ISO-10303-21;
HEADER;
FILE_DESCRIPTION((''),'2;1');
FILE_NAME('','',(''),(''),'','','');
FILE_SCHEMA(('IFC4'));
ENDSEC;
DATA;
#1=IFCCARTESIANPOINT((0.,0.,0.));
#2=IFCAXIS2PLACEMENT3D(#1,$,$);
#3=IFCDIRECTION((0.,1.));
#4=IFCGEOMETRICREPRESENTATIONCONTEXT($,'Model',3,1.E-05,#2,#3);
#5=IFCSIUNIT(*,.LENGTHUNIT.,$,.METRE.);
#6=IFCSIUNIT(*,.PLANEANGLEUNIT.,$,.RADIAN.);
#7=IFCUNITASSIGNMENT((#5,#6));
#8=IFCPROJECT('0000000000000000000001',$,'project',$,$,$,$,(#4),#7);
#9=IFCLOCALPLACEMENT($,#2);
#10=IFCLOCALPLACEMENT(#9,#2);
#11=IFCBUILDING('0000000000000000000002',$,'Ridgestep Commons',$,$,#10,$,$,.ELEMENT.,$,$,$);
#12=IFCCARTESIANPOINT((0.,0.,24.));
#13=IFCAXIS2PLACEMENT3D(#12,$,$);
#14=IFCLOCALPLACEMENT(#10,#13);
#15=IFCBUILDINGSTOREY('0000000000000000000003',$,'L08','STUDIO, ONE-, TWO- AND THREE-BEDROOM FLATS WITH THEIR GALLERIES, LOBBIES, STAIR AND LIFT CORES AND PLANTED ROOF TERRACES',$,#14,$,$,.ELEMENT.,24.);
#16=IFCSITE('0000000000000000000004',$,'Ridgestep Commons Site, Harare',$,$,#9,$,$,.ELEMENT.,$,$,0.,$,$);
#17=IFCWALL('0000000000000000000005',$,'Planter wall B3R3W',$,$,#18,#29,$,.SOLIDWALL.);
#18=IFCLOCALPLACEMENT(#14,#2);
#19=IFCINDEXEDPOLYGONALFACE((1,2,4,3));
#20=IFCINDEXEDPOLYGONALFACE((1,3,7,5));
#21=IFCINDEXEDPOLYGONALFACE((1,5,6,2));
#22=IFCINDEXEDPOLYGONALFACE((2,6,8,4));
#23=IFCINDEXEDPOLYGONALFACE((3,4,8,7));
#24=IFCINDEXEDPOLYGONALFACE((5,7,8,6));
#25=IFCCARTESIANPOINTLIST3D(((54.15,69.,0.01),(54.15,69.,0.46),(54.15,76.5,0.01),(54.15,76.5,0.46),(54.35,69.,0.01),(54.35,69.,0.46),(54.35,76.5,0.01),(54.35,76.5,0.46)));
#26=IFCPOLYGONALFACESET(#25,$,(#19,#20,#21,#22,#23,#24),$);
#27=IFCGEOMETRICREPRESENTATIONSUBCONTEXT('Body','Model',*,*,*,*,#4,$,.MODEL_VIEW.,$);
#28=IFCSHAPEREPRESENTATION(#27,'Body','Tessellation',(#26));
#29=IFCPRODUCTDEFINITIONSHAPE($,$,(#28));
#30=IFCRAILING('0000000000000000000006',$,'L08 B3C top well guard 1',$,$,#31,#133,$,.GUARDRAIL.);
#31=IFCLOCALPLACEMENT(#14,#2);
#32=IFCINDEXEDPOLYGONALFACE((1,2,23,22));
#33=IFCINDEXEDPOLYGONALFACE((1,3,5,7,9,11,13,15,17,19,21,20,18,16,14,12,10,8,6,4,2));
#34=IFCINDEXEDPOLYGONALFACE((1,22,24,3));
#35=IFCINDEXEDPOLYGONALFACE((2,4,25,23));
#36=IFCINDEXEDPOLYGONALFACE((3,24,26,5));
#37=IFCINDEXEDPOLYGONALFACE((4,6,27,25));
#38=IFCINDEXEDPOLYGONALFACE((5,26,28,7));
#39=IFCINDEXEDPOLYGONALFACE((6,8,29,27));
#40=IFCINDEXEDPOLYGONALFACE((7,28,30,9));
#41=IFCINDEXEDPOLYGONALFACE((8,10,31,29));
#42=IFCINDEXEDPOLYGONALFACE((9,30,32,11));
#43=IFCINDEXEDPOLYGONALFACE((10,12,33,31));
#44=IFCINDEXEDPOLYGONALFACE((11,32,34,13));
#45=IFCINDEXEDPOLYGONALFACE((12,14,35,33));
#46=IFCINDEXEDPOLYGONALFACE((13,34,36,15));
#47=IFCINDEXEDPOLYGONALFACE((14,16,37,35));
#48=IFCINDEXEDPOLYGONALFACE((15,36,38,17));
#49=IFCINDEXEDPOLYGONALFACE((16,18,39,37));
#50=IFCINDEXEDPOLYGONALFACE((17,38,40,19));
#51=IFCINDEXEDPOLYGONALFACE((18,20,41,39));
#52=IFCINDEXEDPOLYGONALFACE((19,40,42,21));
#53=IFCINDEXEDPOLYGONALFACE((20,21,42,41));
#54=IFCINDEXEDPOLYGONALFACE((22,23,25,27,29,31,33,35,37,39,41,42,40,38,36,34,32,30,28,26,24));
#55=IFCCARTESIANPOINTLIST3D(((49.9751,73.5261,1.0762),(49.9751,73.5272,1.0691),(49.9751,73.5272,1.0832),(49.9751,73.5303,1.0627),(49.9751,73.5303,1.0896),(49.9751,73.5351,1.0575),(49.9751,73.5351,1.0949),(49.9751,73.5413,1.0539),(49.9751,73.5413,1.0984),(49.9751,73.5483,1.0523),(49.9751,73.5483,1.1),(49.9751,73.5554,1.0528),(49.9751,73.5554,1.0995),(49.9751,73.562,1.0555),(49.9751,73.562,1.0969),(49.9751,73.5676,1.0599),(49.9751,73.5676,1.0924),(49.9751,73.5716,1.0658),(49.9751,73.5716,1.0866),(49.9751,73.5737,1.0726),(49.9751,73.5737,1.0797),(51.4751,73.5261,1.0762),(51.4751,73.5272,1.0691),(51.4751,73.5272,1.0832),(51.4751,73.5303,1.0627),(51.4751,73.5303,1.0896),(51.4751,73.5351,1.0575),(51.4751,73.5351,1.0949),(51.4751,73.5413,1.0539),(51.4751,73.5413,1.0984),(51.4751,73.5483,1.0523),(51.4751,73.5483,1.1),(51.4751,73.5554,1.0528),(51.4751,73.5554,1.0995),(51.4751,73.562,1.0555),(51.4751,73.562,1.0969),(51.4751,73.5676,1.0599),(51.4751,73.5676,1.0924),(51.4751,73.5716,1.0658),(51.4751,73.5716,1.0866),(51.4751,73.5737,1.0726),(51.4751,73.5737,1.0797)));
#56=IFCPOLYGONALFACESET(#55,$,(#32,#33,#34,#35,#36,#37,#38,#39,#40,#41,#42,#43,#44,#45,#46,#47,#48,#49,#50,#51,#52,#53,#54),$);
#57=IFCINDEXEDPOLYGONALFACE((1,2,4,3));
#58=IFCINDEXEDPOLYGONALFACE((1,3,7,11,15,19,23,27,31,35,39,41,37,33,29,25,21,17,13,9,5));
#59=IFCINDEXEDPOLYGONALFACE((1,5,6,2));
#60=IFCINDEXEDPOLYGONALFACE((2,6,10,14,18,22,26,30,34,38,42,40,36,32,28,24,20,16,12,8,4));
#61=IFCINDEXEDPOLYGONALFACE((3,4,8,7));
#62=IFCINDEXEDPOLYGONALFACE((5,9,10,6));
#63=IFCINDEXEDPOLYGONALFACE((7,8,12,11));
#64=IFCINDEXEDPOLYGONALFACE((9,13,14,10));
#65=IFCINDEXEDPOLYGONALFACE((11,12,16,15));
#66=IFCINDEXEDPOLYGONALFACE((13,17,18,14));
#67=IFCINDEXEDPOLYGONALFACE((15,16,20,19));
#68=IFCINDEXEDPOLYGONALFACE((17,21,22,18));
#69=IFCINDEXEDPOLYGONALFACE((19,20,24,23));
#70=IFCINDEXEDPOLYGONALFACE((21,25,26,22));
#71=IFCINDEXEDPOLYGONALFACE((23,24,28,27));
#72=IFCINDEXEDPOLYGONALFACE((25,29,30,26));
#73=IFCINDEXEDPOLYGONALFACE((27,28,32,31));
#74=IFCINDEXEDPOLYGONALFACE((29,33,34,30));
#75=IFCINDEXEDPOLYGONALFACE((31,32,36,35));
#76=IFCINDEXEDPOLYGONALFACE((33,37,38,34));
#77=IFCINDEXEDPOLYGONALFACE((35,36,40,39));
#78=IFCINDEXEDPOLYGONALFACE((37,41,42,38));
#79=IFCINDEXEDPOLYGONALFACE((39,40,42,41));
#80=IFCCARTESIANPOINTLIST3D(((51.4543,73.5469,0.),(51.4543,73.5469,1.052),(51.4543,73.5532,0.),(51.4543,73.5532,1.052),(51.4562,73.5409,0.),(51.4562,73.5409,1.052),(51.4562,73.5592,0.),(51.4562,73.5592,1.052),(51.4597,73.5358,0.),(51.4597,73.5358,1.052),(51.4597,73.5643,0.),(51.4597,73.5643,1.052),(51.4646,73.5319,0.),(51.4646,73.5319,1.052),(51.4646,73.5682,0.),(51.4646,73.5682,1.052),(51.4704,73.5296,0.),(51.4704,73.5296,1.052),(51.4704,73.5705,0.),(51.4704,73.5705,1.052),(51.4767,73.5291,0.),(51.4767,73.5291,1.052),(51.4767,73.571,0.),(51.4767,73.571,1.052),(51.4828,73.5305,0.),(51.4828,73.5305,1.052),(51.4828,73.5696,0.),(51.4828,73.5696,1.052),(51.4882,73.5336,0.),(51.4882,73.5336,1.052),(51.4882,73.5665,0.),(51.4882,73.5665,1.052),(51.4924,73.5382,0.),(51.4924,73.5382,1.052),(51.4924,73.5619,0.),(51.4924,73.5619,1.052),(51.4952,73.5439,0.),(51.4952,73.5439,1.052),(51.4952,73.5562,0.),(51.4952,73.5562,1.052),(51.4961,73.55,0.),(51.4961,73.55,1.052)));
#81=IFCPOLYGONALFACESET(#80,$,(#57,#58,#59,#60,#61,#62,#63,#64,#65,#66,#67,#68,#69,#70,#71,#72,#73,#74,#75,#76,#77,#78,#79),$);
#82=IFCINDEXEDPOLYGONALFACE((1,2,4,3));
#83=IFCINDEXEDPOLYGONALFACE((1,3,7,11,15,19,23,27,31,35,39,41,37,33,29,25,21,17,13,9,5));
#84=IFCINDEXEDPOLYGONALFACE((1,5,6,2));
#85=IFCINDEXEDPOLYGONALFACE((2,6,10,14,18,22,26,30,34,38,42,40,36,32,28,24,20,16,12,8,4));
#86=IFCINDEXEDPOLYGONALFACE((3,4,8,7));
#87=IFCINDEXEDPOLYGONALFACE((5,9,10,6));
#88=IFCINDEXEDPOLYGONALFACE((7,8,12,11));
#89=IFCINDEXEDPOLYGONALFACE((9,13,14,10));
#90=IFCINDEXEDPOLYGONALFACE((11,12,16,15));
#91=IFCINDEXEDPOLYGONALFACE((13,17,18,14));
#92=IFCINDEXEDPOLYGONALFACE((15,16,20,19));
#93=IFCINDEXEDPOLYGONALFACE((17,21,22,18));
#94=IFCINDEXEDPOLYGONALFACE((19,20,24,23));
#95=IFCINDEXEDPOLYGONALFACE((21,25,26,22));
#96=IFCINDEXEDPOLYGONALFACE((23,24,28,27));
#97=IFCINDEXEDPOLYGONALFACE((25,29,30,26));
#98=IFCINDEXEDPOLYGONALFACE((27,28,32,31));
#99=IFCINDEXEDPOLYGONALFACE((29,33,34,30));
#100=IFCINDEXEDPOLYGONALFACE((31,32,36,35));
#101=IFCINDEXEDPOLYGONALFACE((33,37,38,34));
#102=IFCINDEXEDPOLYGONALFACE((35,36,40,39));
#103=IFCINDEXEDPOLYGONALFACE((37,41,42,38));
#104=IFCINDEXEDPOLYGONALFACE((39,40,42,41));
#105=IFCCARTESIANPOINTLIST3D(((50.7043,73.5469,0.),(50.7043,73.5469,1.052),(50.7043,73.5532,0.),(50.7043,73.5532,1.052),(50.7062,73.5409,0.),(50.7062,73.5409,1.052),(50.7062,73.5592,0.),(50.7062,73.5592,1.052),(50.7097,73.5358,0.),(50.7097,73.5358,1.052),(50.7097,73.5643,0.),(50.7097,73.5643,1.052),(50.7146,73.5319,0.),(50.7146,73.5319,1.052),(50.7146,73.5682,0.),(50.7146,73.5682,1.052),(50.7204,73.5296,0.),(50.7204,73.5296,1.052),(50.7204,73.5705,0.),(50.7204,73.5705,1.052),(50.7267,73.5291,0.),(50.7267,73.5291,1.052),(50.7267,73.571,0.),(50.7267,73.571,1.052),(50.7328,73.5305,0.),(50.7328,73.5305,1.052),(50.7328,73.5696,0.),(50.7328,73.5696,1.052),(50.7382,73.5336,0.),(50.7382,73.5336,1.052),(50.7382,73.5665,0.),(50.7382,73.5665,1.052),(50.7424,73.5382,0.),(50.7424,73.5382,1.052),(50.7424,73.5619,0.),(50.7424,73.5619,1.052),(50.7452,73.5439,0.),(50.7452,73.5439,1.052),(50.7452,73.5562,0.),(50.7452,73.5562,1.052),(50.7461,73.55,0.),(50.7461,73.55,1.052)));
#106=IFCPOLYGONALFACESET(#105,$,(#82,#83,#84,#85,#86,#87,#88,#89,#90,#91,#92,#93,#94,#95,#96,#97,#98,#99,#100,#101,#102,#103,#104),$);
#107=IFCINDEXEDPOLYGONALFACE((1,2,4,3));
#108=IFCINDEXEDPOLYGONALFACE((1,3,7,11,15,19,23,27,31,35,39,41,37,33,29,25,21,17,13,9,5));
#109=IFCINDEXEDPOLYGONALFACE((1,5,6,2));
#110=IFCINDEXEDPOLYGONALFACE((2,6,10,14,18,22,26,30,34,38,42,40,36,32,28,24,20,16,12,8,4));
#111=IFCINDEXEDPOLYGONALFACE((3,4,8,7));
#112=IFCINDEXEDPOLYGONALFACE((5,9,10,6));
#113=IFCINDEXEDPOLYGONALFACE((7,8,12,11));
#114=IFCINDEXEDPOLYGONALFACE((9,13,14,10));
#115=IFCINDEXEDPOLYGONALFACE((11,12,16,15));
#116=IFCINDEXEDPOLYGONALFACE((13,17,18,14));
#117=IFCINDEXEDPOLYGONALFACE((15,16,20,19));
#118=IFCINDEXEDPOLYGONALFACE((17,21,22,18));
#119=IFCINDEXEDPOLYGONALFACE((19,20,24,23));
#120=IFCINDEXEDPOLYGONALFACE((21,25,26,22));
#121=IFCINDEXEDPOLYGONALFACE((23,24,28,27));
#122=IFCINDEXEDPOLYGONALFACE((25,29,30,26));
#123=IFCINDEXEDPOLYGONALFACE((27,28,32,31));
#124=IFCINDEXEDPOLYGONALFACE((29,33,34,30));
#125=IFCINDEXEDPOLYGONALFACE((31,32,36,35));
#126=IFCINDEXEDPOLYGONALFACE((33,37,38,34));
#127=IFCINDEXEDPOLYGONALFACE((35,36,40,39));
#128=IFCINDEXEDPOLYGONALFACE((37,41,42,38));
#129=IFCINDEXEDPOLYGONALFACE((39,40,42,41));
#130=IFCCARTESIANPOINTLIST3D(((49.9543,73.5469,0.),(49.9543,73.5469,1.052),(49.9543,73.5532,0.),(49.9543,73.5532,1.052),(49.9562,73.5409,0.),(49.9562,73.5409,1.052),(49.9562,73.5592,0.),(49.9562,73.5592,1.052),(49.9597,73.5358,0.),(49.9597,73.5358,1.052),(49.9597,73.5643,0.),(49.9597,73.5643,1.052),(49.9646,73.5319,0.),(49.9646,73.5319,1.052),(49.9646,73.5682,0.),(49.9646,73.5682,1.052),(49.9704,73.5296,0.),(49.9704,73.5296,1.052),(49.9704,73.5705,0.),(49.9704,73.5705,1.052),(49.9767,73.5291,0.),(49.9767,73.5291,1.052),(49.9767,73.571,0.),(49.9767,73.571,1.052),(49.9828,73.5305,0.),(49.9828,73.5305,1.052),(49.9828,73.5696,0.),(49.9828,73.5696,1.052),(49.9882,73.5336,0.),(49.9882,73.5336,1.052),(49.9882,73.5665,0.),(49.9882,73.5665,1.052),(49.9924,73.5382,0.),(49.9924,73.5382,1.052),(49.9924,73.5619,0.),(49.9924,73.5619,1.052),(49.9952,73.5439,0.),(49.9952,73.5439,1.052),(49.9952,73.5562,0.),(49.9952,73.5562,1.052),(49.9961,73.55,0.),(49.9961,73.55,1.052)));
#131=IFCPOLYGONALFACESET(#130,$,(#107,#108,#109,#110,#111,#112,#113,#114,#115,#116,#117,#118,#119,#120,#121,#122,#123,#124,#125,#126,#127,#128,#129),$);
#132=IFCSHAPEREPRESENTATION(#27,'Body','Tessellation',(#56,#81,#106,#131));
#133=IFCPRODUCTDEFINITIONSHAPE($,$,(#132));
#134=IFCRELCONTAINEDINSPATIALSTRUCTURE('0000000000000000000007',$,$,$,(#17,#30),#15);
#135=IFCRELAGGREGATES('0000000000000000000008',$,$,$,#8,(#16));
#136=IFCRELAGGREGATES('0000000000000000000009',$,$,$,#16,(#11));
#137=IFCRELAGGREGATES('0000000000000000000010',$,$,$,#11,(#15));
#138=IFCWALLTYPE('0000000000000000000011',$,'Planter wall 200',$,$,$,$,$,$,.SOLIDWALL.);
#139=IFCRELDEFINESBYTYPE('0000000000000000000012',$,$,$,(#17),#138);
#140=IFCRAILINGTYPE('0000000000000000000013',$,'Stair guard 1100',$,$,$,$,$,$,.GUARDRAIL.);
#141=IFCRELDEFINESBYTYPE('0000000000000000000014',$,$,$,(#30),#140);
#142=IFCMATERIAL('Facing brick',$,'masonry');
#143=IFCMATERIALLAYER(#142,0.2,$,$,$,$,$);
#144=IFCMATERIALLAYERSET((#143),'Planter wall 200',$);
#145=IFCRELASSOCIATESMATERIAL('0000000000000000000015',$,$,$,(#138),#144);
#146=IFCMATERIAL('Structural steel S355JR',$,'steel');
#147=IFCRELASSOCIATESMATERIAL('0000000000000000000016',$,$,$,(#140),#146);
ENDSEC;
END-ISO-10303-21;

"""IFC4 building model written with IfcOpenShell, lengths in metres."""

from ifc_helpers import new_model, si_unit, direction, frame, frame_2d, origin, origin_2d, place, context, subcontext, project, spatial, rectangle, circle, extrude, material, layer, layer_set, type_object, element, save


model = new_model("IFC4")

# Units and contexts
model_context = context("Model", 3, precision=1e-05, world=origin(), true_north=direction((0.0, 1.0)))
body_context = subcontext(model_context, "Body", "Model", "MODEL_VIEW")
ifc_project = project(units=[si_unit("LENGTHUNIT", "METRE"), si_unit("PLANEANGLEUNIT", "RADIAN")], contexts=[model_context])

# Site, building, storey
site_placement = place(None, origin())
site = spatial("IfcSite", under=ifc_project, at=site_placement, Name="Ridgestep Commons Site, Harare", CompositionType="ELEMENT", RefElevation=0.0)
building_placement = place(site_placement, origin())
building = spatial("IfcBuilding", under=site, at=building_placement, Name="Ridgestep Commons", CompositionType="ELEMENT")
storey_placement = place(building_placement, frame((0.0, 0.0, 24.0)))
storey = spatial("IfcBuildingStorey", under=building, at=storey_placement, Name="L08", Description="STUDIO, ONE-, TWO- AND THREE-BEDROOM FLATS WITH THEIR GALLERIES, LOBBIES, STAIR AND LIFT CORES AND PLANTED ROOF TERRACES", CompositionType="ELEMENT", Elevation=24.0)

# Wall
ifc_material_1 = material(Name="Facing brick", Category="masonry")
ifc_layer_1 = layer(ifc_material_1, 0.2)
ifc_layer_set_1 = layer_set([ifc_layer_1], Name="Planter wall 200")
wall_type_1 = type_object("IfcWallType", Name="Planter wall 200", PredefinedType="SOLIDWALL", material=ifc_layer_set_1)
wall_1_placement = place(storey_placement, frame((54.25, 69.0, 0.01), z_axis=(0.0, 0.0, 1.0), x_axis=(0.0, 1.0, 0.0)))
element("IfcWall", 1, at=wall_1_placement, inside=storey, type_object=wall_type_1, Name="Planter wall B3R3W", PredefinedType="SOLIDWALL", context=body_context, shape_type="SweptSolid", body=[
    extrude(rectangle(XDim=7.5, YDim=0.2, at=frame_2d((3.75, 0.0))), origin(), (0.0, 0.0, 1.0), 0.45),
])

# Railing
ifc_material_2 = material(Name="Structural steel S355JR", Category="steel")
railing_type = type_object("IfcRailingType", Name="Stair guard 1100", PredefinedType="GUARDRAIL", material=ifc_material_2)
railing_placement = place(storey_placement, frame((51.4751, 73.55, 0.0)))
element("IfcRailing", 2, at=railing_placement, inside=storey, type_object=railing_type, Name="L08 B3C top well guard 1", PredefinedType="GUARDRAIL", context=body_context, shape_type="SweptSolid", body=[
    extrude(circle(Radius=0.0239, at=origin_2d()), frame((0.0, 0.0, 1.0762), z_axis=(-1.0, 0.0, 0.0), x_axis=(0.0, -1.0, 0.0)), (0.0, 0.0, 1.0), 1.5),
    extrude(circle(Radius=0.021, at=origin_2d()), origin(), (0.0, 0.0, 1.0), 1.052),
    extrude(circle(Radius=0.021, at=origin_2d()), frame((-0.75, 0.0, 0.0)), (0.0, 0.0, 1.0), 1.052),
    extrude(circle(Radius=0.021, at=origin_2d()), frame((-1.5, 0.0, 0.0)), (0.0, 0.0, 1.0), 1.052),
])

save(model, "model.ifc")
